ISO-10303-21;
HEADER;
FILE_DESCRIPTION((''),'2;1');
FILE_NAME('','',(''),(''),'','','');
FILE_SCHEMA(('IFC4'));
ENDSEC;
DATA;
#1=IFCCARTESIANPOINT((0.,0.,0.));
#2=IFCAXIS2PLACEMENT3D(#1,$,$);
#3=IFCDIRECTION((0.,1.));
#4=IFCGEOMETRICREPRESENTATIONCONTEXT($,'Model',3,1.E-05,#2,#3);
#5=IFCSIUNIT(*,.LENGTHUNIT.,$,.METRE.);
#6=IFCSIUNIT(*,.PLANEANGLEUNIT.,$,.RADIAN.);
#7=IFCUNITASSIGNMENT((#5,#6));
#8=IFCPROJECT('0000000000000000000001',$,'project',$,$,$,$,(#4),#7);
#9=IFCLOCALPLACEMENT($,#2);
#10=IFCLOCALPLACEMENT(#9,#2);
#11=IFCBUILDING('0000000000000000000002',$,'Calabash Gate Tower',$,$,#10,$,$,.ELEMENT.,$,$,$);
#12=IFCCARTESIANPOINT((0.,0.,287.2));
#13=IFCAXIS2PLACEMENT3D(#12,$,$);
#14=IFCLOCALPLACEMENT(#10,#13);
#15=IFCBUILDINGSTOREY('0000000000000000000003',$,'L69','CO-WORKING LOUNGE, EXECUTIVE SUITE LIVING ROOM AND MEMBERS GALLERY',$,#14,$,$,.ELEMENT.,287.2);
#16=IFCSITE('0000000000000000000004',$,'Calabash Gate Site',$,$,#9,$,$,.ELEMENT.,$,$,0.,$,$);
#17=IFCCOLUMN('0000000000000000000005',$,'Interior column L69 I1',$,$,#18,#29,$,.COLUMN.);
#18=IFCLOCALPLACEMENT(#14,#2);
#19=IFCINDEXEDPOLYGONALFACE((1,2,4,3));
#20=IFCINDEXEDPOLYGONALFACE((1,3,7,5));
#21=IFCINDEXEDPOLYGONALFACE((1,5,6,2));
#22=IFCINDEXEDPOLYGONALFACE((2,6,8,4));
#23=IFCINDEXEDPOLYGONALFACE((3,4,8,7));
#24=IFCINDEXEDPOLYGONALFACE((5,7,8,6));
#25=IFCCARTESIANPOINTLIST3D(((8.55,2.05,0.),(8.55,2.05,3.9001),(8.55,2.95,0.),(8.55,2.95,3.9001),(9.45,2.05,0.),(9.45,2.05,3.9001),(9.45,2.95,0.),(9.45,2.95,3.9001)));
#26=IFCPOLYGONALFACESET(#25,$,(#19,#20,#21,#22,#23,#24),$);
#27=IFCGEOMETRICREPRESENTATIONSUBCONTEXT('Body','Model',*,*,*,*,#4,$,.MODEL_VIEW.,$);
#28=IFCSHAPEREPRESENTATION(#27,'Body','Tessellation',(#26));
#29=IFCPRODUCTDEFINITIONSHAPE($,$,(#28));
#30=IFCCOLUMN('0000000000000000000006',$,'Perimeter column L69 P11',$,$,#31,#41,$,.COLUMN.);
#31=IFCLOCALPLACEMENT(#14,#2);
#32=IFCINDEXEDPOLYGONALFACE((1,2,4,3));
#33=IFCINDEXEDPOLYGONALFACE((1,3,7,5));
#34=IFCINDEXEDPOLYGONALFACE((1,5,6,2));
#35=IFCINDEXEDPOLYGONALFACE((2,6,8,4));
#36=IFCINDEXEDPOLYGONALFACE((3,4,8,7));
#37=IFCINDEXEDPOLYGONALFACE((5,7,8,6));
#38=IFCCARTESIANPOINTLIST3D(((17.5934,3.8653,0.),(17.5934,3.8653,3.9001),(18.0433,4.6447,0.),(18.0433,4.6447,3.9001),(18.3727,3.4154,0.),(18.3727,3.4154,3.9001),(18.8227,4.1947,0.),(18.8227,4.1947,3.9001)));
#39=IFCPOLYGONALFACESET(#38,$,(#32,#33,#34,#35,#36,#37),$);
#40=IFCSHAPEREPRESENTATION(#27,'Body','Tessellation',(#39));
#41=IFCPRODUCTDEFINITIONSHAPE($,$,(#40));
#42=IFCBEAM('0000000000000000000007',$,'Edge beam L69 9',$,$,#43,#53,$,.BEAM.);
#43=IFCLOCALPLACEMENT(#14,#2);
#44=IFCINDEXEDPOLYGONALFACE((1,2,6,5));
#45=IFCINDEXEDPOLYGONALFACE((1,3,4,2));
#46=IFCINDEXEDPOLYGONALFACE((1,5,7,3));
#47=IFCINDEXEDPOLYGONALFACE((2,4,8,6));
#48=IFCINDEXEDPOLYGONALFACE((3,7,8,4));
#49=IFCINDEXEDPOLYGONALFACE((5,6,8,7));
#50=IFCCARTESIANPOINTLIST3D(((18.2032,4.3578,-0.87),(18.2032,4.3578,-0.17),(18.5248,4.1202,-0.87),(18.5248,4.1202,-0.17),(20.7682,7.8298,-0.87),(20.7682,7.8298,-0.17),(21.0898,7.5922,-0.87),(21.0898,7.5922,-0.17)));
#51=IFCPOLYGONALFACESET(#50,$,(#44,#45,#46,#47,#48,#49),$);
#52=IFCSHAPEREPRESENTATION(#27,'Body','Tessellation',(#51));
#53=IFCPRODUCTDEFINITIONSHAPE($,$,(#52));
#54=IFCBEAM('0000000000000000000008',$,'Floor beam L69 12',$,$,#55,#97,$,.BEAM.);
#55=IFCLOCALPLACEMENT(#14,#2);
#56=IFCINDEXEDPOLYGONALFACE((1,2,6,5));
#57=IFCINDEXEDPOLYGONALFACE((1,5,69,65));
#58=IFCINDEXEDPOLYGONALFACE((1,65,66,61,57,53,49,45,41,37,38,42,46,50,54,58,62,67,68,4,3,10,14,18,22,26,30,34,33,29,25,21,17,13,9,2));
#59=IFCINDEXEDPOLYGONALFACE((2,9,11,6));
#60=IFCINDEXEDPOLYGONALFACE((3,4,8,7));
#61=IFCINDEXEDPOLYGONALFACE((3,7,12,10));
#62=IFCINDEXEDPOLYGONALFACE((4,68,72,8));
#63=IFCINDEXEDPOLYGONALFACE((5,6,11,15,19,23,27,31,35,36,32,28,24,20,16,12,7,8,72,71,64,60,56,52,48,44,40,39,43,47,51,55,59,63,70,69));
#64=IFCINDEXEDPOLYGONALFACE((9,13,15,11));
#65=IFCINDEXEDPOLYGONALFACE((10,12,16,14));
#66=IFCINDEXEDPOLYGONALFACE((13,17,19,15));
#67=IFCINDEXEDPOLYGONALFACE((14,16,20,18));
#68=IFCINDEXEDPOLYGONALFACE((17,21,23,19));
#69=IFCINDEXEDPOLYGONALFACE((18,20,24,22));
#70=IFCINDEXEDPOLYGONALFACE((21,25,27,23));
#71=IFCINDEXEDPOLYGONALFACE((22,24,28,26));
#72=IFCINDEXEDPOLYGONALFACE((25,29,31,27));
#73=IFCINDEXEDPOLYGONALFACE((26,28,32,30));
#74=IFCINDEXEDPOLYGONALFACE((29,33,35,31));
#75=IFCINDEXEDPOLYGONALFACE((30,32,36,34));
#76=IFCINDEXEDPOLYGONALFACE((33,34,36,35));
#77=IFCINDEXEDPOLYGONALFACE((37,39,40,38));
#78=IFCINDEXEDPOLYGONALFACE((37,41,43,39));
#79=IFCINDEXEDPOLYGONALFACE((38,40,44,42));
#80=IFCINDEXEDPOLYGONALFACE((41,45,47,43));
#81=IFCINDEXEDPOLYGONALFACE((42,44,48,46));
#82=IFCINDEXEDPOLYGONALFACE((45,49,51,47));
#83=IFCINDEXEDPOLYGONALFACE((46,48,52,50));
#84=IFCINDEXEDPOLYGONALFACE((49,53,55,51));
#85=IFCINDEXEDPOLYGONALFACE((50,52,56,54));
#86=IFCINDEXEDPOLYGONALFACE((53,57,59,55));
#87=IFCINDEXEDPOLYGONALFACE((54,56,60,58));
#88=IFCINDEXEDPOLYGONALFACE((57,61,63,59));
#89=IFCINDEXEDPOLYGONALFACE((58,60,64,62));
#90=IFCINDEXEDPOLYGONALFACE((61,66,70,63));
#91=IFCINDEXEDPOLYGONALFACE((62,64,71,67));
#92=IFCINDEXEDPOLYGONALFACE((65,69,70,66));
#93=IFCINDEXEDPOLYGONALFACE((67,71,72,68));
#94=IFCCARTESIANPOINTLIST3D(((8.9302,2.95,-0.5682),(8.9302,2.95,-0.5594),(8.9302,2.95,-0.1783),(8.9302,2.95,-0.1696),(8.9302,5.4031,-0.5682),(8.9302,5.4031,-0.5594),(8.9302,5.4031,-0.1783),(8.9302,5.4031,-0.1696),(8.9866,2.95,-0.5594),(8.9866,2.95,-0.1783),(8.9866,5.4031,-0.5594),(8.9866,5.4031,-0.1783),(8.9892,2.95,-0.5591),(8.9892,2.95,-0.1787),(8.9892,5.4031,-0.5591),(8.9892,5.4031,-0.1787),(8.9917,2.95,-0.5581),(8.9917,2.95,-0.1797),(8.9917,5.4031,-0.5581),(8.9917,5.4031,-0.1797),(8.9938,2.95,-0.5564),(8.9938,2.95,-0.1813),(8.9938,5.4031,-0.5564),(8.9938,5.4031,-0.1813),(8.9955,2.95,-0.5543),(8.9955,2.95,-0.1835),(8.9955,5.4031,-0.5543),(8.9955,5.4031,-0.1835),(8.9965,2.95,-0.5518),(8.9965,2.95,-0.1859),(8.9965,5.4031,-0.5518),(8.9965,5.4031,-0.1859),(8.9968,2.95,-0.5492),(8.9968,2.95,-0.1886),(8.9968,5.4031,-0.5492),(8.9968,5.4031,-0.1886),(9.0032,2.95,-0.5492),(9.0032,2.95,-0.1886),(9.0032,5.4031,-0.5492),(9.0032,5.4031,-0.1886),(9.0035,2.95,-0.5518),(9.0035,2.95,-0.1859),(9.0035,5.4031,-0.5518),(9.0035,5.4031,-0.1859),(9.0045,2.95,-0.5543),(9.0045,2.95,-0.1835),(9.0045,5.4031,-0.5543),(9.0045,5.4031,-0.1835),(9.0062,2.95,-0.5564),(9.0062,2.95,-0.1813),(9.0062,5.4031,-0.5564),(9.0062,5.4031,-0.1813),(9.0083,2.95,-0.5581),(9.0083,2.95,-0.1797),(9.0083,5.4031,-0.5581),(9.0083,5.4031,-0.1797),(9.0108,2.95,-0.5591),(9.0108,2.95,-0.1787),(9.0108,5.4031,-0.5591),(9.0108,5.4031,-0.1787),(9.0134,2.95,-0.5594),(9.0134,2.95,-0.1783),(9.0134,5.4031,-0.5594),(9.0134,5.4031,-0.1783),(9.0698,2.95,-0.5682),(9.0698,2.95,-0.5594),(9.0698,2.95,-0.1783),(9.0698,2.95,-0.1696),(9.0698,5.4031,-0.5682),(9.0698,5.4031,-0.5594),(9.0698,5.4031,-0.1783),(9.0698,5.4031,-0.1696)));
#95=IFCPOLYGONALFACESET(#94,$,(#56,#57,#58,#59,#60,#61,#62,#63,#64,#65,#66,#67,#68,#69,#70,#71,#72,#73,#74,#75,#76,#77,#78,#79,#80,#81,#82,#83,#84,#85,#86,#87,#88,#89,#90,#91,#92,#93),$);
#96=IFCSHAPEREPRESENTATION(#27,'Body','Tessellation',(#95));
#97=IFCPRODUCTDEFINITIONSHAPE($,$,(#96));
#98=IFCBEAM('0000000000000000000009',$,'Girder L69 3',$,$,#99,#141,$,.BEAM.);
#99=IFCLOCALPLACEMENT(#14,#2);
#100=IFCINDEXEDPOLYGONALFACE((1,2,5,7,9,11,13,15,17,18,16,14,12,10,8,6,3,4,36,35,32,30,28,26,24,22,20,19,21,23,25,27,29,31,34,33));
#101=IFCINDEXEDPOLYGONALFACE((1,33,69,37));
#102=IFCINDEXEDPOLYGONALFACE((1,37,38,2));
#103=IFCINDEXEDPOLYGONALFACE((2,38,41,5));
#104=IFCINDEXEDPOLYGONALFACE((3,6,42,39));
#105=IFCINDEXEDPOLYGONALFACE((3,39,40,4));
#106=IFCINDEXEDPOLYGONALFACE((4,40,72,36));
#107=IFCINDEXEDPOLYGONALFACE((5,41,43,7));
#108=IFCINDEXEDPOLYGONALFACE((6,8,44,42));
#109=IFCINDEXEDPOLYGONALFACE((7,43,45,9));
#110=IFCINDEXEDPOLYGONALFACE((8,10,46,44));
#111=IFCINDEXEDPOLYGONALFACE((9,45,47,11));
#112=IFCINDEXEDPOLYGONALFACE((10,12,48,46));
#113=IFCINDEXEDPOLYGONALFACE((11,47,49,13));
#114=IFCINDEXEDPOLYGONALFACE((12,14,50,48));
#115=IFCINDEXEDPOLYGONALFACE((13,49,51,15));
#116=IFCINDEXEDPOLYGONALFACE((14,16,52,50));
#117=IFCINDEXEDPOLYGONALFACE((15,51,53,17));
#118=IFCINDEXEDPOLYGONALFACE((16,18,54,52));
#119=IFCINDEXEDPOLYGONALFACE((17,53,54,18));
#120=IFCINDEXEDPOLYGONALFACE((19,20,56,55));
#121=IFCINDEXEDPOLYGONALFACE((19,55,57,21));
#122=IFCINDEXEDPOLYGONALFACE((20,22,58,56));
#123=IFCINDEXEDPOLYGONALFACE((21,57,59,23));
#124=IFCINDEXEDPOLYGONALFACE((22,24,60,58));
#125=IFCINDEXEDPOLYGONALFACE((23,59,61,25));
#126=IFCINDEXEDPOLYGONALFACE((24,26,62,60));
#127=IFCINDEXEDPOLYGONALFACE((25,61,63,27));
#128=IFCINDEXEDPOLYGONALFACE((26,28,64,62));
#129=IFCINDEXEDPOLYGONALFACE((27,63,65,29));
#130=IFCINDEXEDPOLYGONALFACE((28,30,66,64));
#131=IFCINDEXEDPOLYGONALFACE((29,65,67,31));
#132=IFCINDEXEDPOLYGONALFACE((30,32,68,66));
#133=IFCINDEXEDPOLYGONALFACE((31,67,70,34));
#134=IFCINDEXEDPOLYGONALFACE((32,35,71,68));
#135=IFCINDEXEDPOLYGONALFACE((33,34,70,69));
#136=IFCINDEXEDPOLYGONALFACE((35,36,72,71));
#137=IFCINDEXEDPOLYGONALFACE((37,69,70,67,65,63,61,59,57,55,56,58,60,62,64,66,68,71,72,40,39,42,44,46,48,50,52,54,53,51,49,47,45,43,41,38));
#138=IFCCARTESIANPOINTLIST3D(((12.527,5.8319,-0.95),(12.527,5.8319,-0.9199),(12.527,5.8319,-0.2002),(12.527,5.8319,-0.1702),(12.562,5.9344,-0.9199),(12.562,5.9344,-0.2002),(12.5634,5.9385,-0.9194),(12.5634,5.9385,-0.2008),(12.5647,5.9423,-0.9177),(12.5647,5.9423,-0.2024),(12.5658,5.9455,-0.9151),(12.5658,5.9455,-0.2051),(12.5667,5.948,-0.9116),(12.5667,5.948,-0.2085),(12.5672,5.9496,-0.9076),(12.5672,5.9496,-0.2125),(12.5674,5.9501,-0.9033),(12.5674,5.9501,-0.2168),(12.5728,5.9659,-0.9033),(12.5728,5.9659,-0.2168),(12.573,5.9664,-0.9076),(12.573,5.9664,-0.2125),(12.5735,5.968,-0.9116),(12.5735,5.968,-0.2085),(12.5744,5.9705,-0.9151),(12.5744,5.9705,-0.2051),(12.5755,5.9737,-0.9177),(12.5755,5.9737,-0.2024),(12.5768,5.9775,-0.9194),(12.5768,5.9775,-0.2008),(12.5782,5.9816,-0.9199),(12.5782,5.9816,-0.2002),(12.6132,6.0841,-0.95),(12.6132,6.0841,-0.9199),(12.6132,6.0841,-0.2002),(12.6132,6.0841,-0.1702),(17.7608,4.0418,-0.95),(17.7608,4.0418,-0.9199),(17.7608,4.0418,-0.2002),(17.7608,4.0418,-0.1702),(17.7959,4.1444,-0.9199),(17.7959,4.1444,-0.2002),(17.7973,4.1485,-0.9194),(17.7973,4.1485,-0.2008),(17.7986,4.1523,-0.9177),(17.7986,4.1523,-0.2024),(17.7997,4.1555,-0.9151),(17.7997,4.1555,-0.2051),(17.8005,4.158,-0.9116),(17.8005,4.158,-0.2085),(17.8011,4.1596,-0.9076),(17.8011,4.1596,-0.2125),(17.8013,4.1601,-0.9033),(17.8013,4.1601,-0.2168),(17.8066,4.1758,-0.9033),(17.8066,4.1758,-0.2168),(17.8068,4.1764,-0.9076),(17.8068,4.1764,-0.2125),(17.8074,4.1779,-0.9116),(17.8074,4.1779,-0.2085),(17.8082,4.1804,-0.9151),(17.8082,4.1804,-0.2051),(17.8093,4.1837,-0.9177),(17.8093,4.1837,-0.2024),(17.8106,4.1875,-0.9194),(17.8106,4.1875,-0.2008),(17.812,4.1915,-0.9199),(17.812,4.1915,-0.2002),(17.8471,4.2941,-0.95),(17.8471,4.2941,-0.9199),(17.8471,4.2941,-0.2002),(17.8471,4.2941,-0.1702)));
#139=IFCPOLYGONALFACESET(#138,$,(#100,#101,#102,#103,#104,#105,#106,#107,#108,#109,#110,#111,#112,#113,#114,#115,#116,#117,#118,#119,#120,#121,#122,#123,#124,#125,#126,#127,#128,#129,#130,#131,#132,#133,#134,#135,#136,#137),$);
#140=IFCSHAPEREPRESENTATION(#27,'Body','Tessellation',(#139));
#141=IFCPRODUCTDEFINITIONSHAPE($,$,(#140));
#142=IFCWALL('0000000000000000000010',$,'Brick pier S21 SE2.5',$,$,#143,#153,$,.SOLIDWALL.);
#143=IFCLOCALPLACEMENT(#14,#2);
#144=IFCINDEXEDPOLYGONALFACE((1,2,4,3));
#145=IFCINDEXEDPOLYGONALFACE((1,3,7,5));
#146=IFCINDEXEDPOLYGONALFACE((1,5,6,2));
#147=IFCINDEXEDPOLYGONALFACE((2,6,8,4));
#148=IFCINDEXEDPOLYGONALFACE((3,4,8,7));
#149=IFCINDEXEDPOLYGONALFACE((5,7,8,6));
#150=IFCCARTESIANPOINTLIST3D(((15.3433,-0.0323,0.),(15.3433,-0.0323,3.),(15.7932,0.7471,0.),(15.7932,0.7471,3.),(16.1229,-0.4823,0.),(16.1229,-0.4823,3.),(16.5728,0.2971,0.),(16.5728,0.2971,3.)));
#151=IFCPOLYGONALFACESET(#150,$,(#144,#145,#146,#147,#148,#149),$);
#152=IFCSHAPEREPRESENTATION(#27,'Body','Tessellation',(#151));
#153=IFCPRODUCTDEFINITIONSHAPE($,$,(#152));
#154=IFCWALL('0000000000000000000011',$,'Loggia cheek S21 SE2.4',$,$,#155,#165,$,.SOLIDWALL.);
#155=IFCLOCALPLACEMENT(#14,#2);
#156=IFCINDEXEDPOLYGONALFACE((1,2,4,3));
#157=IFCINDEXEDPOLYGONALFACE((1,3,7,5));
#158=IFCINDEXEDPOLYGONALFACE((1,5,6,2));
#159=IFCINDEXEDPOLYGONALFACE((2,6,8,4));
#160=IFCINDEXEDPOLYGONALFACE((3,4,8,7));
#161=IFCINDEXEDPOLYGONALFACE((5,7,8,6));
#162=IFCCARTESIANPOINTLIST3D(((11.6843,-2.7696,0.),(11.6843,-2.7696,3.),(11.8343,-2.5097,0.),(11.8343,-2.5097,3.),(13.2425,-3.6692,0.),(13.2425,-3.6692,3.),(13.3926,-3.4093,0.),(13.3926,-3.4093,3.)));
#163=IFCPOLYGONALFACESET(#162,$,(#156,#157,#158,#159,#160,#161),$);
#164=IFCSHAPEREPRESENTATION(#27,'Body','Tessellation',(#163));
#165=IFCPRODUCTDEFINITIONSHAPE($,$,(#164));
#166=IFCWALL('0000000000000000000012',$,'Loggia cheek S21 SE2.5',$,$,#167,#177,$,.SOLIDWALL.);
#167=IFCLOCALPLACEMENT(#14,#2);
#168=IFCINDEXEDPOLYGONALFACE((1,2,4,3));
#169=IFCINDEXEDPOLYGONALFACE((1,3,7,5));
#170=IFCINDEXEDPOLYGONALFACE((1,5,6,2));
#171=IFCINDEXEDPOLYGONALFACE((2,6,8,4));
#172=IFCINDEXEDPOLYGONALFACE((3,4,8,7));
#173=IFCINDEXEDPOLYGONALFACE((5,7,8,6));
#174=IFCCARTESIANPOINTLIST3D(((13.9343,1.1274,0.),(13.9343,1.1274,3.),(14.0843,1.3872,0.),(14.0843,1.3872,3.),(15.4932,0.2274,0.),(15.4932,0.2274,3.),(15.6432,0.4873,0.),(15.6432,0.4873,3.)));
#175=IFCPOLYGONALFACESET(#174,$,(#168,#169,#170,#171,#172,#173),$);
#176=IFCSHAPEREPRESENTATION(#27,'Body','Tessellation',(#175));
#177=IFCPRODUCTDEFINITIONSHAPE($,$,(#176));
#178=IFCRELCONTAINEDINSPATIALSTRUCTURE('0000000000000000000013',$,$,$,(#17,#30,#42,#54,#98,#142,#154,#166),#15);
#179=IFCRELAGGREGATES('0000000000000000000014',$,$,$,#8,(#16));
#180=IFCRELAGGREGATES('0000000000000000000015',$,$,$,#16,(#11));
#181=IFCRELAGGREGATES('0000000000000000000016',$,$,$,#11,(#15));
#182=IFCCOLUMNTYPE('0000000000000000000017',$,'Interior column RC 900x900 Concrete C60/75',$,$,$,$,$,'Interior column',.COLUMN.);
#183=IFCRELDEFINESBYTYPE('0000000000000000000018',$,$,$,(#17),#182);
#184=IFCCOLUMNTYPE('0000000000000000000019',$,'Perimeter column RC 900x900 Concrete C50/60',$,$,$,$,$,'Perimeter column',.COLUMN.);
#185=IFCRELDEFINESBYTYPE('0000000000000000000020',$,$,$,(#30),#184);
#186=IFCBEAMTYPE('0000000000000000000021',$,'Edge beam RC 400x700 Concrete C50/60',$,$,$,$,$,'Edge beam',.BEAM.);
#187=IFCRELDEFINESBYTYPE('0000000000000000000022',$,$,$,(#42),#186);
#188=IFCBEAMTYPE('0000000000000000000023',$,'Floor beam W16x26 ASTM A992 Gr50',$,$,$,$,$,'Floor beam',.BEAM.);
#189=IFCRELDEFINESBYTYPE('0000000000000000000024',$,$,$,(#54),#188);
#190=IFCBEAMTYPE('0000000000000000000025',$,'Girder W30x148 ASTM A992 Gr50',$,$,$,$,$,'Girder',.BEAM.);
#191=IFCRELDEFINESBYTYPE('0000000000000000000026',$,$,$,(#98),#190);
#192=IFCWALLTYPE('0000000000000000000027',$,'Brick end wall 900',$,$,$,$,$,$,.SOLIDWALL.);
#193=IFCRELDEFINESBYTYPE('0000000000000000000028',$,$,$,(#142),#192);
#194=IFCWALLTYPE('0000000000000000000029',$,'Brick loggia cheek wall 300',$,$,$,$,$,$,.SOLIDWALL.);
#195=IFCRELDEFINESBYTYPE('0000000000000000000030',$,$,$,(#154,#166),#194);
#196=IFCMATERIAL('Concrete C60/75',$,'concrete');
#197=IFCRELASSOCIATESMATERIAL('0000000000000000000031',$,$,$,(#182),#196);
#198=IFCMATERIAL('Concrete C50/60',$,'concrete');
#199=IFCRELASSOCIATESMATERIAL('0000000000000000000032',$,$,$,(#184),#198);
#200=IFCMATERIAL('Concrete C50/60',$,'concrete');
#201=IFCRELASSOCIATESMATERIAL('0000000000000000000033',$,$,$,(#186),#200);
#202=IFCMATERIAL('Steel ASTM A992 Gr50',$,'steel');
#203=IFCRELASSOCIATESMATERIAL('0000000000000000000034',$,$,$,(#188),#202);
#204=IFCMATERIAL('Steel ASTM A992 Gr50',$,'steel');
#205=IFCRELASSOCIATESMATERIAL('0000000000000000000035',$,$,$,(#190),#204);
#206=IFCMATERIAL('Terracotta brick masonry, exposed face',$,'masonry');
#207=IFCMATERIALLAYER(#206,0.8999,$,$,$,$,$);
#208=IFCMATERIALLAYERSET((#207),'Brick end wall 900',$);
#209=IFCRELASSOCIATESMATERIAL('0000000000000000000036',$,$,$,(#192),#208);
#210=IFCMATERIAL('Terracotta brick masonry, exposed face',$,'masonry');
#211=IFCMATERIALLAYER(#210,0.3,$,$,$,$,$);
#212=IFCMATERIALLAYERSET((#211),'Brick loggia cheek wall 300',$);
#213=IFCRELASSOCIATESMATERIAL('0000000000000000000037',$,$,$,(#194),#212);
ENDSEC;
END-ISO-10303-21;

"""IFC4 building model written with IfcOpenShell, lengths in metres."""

from ifc_helpers import new_model, si_unit, direction, frame, frame_2d, origin, origin_2d, place, context, subcontext, project, spatial, rectangle, i_section, extrude, material, layer, layer_set, material_profile, profile_set, type_object, element, save


model = new_model("IFC4")

# Units and contexts
model_context = context("Model", 3, precision=1e-05, world=origin(), true_north=direction((0.0, 1.0)))
body_context = subcontext(model_context, "Body", "Model", "MODEL_VIEW")
ifc_project = project(units=[si_unit("LENGTHUNIT", "METRE"), si_unit("PLANEANGLEUNIT", "RADIAN")], contexts=[model_context])

# Site, building, storey
site_placement = place(None, origin())
site = spatial("IfcSite", under=ifc_project, at=site_placement, Name="Calabash Gate Site", CompositionType="ELEMENT", RefElevation=0.0)
building_placement = place(site_placement, origin())
building = spatial("IfcBuilding", under=site, at=building_placement, Name="Calabash Gate Tower", CompositionType="ELEMENT")
storey_placement = place(building_placement, frame((0.0, 0.0, 287.2)))
storey = spatial("IfcBuildingStorey", under=building, at=storey_placement, Name="L69", Description="CO-WORKING LOUNGE, EXECUTIVE SUITE LIVING ROOM AND MEMBERS GALLERY", CompositionType="ELEMENT", Elevation=287.2)

# Columns
ifc_material_1 = material(Name="Concrete C60/75", Category="concrete")
ifc_material_profile_1 = material_profile(ifc_material_1, rectangle(XDim=0.8999, YDim=0.8999, at=origin_2d()))
ifc_profile_set_1 = profile_set([ifc_material_profile_1], Name="Concrete C60/75")
column_type_1 = type_object("IfcColumnType", Name="Interior column RC 900x900 Concrete C60/75", ElementType="Interior column", PredefinedType="COLUMN", material=ifc_profile_set_1)
column_1_placement = place(storey_placement, frame((9.0, 2.5, 0.0), z_axis=(0.0, 0.0, 1.0), x_axis=(1.0, 0.0, 0.0)))
element("IfcColumn", 1, at=column_1_placement, inside=storey, type_object=column_type_1, Name="Interior column L69 I1", PredefinedType="COLUMN", context=body_context, shape_type="SweptSolid", body=[
    extrude(rectangle(XDim=0.8999, YDim=0.8999, at=origin_2d()), origin(), (0.0, 0.0, 1.0), 3.9001),
])
ifc_material_2 = material(Name="Concrete C50/60", Category="concrete")
ifc_material_profile_2 = material_profile(ifc_material_2, rectangle(XDim=0.8999, YDim=0.8999, at=origin_2d()))
ifc_profile_set_2 = profile_set([ifc_material_profile_2], Name="Concrete C50/60")
column_type_2 = type_object("IfcColumnType", Name="Perimeter column RC 900x900 Concrete C50/60", ElementType="Perimeter column", PredefinedType="COLUMN", material=ifc_profile_set_2)
column_2_placement = place(storey_placement, frame((18.208, 4.03, 0.0), z_axis=(0.0, 0.0, 1.0), x_axis=(0.5, 0.866025, 0.0)))
element("IfcColumn", 2, at=column_2_placement, inside=storey, type_object=column_type_2, Name="Perimeter column L69 P11", PredefinedType="COLUMN", context=body_context, shape_type="SweptSolid", body=[
    extrude(rectangle(XDim=0.8999, YDim=0.8999, at=origin_2d()), origin(), (0.0, 0.0, 1.0), 3.9001),
])

# Beams
ifc_material_3 = material(Name="Concrete C50/60", Category="concrete")
ifc_material_profile_3 = material_profile(ifc_material_3, rectangle(XDim=0.3999, YDim=0.7, at=origin_2d()))
ifc_profile_set_3 = profile_set([ifc_material_profile_3], Name="Concrete C50/60")
beam_type_1 = type_object("IfcBeamType", Name="Edge beam RC 400x700 Concrete C50/60", ElementType="Edge beam", PredefinedType="BEAM", material=ifc_profile_set_3)
beam_1_placement = place(storey_placement, frame((18.364, 4.239, -0.52), z_axis=(0.594202, 0.804316, 0.0), x_axis=(-0.804316, 0.594202, 0.0)))
element("IfcBeam", 3, at=beam_1_placement, inside=storey, type_object=beam_type_1, Name="Edge beam L69 9", PredefinedType="BEAM", context=body_context, shape_type="SweptSolid", body=[
    extrude(rectangle(XDim=0.3999, YDim=0.7, at=origin_2d()), origin(), (0.0, 0.0, 1.0), 4.3167),
])
ifc_material_4 = material(Name="Steel ASTM A992 Gr50", Category="steel")
ifc_material_profile_4 = material_profile(ifc_material_4, i_section(OverallWidth=0.1396, OverallDepth=0.3987, WebThickness=0.0063, FlangeThickness=0.0088, FilletRadius=0.0103, at=origin_2d()))
ifc_profile_set_4 = profile_set([ifc_material_profile_4], Name="Steel ASTM A992 Gr50")
beam_type_2 = type_object("IfcBeamType", Name="Floor beam W16x26 ASTM A992 Gr50", ElementType="Floor beam", PredefinedType="BEAM", material=ifc_profile_set_4)
beam_2_placement = place(storey_placement, frame((9.0, 2.95, -0.3689), z_axis=(0.0, 1.0, 0.0), x_axis=(-1.0, 0.0, 0.0)))
element("IfcBeam", 4, at=beam_2_placement, inside=storey, type_object=beam_type_2, Name="Floor beam L69 12", PredefinedType="BEAM", context=body_context, shape_type="SweptSolid", body=[
    extrude(i_section(OverallWidth=0.1396, OverallDepth=0.3987, WebThickness=0.0063, FlangeThickness=0.0088, FilletRadius=0.0103, at=origin_2d()), origin(), (0.0, 0.0, 1.0), 2.4531),
])
ifc_material_5 = material(Name="Steel ASTM A992 Gr50", Category="steel")
ifc_material_profile_5 = material_profile(ifc_material_5, i_section(OverallWidth=0.2666, OverallDepth=0.7798, WebThickness=0.0166, FlangeThickness=0.03, FilletRadius=0.0166, at=origin_2d()))
ifc_profile_set_5 = profile_set([ifc_material_profile_5], Name="Steel ASTM A992 Gr50")
beam_type_3 = type_object("IfcBeamType", Name="Girder W30x148 ASTM A992 Gr50", ElementType="Girder", PredefinedType="BEAM", material=ifc_profile_set_5)
beam_3_placement = place(storey_placement, frame((17.804, 4.168, -0.5601), z_axis=(-0.946192, 0.323607, 0.0), x_axis=(-0.323607, -0.946192, 0.0)))
element("IfcBeam", 5, at=beam_3_placement, inside=storey, type_object=beam_type_3, Name="Girder L69 3", PredefinedType="BEAM", context=body_context, shape_type="SweptSolid", body=[
    extrude(i_section(OverallWidth=0.2666, OverallDepth=0.7798, WebThickness=0.0166, FlangeThickness=0.03, FilletRadius=0.0166, at=origin_2d()), origin(), (0.0, 0.0, 1.0), 5.5315),
])

# Walls
ifc_material_6 = material(Name="Terracotta brick masonry, exposed face", Category="masonry")
ifc_layer_1 = layer(ifc_material_6, 0.8999)
ifc_layer_set_1 = layer_set([ifc_layer_1], Name="Brick end wall 900")
wall_type_1 = type_object("IfcWallType", Name="Brick end wall 900", PredefinedType="SOLIDWALL", material=ifc_layer_set_1)
wall_1_placement = place(storey_placement, frame((15.5681, 0.3574, 0.0), z_axis=(0.0, 0.0, 1.0), x_axis=(0.866082, -0.499902, 0.0)))
element("IfcWall", 6, at=wall_1_placement, inside=storey, type_object=wall_type_1, Name="Brick pier S21 SE2.5", PredefinedType="SOLIDWALL", context=body_context, shape_type="SweptSolid", body=[
    extrude(rectangle(XDim=0.9001, YDim=0.8999, at=frame_2d((0.4502, 0.0))), origin(), (0.0, 0.0, 1.0), 3.0),
])
ifc_material_7 = material(Name="Terracotta brick masonry, exposed face", Category="masonry")
ifc_layer_2 = layer(ifc_material_7, 0.3)
ifc_layer_set_2 = layer_set([ifc_layer_2], Name="Brick loggia cheek wall 300")
wall_type_2 = type_object("IfcWallType", Name="Brick loggia cheek wall 300", PredefinedType="SOLIDWALL", material=ifc_layer_set_2)
wall_2_placement = place(storey_placement, frame((11.7593, -2.6396, 0.0), z_axis=(0.0, 0.0, 1.0), x_axis=(0.866039, -0.499977, 0.0)))
element("IfcWall", 7, at=wall_2_placement, inside=storey, type_object=wall_type_2, Name="Loggia cheek S21 SE2.4", PredefinedType="SOLIDWALL", context=body_context, shape_type="SweptSolid", body=[
    extrude(rectangle(XDim=1.7993, YDim=0.3, at=frame_2d((0.8997, 0.0))), origin(), (0.0, 0.0, 1.0), 3.0),
])
wall_3_placement = place(storey_placement, frame((15.5681, 0.3574, 0.0), z_axis=(0.0, 0.0, 1.0), x_axis=(-0.866048, 0.499961, 0.0)))
element("IfcWall", 8, at=wall_3_placement, inside=storey, type_object=wall_type_2, Name="Loggia cheek S21 SE2.5", PredefinedType="SOLIDWALL", context=body_context, shape_type="SweptSolid", body=[
    extrude(rectangle(XDim=1.8, YDim=0.3, at=frame_2d((0.8999, 0.0))), origin(), (0.0, 0.0, 1.0), 3.0),
])

save(model, "model.ifc")
